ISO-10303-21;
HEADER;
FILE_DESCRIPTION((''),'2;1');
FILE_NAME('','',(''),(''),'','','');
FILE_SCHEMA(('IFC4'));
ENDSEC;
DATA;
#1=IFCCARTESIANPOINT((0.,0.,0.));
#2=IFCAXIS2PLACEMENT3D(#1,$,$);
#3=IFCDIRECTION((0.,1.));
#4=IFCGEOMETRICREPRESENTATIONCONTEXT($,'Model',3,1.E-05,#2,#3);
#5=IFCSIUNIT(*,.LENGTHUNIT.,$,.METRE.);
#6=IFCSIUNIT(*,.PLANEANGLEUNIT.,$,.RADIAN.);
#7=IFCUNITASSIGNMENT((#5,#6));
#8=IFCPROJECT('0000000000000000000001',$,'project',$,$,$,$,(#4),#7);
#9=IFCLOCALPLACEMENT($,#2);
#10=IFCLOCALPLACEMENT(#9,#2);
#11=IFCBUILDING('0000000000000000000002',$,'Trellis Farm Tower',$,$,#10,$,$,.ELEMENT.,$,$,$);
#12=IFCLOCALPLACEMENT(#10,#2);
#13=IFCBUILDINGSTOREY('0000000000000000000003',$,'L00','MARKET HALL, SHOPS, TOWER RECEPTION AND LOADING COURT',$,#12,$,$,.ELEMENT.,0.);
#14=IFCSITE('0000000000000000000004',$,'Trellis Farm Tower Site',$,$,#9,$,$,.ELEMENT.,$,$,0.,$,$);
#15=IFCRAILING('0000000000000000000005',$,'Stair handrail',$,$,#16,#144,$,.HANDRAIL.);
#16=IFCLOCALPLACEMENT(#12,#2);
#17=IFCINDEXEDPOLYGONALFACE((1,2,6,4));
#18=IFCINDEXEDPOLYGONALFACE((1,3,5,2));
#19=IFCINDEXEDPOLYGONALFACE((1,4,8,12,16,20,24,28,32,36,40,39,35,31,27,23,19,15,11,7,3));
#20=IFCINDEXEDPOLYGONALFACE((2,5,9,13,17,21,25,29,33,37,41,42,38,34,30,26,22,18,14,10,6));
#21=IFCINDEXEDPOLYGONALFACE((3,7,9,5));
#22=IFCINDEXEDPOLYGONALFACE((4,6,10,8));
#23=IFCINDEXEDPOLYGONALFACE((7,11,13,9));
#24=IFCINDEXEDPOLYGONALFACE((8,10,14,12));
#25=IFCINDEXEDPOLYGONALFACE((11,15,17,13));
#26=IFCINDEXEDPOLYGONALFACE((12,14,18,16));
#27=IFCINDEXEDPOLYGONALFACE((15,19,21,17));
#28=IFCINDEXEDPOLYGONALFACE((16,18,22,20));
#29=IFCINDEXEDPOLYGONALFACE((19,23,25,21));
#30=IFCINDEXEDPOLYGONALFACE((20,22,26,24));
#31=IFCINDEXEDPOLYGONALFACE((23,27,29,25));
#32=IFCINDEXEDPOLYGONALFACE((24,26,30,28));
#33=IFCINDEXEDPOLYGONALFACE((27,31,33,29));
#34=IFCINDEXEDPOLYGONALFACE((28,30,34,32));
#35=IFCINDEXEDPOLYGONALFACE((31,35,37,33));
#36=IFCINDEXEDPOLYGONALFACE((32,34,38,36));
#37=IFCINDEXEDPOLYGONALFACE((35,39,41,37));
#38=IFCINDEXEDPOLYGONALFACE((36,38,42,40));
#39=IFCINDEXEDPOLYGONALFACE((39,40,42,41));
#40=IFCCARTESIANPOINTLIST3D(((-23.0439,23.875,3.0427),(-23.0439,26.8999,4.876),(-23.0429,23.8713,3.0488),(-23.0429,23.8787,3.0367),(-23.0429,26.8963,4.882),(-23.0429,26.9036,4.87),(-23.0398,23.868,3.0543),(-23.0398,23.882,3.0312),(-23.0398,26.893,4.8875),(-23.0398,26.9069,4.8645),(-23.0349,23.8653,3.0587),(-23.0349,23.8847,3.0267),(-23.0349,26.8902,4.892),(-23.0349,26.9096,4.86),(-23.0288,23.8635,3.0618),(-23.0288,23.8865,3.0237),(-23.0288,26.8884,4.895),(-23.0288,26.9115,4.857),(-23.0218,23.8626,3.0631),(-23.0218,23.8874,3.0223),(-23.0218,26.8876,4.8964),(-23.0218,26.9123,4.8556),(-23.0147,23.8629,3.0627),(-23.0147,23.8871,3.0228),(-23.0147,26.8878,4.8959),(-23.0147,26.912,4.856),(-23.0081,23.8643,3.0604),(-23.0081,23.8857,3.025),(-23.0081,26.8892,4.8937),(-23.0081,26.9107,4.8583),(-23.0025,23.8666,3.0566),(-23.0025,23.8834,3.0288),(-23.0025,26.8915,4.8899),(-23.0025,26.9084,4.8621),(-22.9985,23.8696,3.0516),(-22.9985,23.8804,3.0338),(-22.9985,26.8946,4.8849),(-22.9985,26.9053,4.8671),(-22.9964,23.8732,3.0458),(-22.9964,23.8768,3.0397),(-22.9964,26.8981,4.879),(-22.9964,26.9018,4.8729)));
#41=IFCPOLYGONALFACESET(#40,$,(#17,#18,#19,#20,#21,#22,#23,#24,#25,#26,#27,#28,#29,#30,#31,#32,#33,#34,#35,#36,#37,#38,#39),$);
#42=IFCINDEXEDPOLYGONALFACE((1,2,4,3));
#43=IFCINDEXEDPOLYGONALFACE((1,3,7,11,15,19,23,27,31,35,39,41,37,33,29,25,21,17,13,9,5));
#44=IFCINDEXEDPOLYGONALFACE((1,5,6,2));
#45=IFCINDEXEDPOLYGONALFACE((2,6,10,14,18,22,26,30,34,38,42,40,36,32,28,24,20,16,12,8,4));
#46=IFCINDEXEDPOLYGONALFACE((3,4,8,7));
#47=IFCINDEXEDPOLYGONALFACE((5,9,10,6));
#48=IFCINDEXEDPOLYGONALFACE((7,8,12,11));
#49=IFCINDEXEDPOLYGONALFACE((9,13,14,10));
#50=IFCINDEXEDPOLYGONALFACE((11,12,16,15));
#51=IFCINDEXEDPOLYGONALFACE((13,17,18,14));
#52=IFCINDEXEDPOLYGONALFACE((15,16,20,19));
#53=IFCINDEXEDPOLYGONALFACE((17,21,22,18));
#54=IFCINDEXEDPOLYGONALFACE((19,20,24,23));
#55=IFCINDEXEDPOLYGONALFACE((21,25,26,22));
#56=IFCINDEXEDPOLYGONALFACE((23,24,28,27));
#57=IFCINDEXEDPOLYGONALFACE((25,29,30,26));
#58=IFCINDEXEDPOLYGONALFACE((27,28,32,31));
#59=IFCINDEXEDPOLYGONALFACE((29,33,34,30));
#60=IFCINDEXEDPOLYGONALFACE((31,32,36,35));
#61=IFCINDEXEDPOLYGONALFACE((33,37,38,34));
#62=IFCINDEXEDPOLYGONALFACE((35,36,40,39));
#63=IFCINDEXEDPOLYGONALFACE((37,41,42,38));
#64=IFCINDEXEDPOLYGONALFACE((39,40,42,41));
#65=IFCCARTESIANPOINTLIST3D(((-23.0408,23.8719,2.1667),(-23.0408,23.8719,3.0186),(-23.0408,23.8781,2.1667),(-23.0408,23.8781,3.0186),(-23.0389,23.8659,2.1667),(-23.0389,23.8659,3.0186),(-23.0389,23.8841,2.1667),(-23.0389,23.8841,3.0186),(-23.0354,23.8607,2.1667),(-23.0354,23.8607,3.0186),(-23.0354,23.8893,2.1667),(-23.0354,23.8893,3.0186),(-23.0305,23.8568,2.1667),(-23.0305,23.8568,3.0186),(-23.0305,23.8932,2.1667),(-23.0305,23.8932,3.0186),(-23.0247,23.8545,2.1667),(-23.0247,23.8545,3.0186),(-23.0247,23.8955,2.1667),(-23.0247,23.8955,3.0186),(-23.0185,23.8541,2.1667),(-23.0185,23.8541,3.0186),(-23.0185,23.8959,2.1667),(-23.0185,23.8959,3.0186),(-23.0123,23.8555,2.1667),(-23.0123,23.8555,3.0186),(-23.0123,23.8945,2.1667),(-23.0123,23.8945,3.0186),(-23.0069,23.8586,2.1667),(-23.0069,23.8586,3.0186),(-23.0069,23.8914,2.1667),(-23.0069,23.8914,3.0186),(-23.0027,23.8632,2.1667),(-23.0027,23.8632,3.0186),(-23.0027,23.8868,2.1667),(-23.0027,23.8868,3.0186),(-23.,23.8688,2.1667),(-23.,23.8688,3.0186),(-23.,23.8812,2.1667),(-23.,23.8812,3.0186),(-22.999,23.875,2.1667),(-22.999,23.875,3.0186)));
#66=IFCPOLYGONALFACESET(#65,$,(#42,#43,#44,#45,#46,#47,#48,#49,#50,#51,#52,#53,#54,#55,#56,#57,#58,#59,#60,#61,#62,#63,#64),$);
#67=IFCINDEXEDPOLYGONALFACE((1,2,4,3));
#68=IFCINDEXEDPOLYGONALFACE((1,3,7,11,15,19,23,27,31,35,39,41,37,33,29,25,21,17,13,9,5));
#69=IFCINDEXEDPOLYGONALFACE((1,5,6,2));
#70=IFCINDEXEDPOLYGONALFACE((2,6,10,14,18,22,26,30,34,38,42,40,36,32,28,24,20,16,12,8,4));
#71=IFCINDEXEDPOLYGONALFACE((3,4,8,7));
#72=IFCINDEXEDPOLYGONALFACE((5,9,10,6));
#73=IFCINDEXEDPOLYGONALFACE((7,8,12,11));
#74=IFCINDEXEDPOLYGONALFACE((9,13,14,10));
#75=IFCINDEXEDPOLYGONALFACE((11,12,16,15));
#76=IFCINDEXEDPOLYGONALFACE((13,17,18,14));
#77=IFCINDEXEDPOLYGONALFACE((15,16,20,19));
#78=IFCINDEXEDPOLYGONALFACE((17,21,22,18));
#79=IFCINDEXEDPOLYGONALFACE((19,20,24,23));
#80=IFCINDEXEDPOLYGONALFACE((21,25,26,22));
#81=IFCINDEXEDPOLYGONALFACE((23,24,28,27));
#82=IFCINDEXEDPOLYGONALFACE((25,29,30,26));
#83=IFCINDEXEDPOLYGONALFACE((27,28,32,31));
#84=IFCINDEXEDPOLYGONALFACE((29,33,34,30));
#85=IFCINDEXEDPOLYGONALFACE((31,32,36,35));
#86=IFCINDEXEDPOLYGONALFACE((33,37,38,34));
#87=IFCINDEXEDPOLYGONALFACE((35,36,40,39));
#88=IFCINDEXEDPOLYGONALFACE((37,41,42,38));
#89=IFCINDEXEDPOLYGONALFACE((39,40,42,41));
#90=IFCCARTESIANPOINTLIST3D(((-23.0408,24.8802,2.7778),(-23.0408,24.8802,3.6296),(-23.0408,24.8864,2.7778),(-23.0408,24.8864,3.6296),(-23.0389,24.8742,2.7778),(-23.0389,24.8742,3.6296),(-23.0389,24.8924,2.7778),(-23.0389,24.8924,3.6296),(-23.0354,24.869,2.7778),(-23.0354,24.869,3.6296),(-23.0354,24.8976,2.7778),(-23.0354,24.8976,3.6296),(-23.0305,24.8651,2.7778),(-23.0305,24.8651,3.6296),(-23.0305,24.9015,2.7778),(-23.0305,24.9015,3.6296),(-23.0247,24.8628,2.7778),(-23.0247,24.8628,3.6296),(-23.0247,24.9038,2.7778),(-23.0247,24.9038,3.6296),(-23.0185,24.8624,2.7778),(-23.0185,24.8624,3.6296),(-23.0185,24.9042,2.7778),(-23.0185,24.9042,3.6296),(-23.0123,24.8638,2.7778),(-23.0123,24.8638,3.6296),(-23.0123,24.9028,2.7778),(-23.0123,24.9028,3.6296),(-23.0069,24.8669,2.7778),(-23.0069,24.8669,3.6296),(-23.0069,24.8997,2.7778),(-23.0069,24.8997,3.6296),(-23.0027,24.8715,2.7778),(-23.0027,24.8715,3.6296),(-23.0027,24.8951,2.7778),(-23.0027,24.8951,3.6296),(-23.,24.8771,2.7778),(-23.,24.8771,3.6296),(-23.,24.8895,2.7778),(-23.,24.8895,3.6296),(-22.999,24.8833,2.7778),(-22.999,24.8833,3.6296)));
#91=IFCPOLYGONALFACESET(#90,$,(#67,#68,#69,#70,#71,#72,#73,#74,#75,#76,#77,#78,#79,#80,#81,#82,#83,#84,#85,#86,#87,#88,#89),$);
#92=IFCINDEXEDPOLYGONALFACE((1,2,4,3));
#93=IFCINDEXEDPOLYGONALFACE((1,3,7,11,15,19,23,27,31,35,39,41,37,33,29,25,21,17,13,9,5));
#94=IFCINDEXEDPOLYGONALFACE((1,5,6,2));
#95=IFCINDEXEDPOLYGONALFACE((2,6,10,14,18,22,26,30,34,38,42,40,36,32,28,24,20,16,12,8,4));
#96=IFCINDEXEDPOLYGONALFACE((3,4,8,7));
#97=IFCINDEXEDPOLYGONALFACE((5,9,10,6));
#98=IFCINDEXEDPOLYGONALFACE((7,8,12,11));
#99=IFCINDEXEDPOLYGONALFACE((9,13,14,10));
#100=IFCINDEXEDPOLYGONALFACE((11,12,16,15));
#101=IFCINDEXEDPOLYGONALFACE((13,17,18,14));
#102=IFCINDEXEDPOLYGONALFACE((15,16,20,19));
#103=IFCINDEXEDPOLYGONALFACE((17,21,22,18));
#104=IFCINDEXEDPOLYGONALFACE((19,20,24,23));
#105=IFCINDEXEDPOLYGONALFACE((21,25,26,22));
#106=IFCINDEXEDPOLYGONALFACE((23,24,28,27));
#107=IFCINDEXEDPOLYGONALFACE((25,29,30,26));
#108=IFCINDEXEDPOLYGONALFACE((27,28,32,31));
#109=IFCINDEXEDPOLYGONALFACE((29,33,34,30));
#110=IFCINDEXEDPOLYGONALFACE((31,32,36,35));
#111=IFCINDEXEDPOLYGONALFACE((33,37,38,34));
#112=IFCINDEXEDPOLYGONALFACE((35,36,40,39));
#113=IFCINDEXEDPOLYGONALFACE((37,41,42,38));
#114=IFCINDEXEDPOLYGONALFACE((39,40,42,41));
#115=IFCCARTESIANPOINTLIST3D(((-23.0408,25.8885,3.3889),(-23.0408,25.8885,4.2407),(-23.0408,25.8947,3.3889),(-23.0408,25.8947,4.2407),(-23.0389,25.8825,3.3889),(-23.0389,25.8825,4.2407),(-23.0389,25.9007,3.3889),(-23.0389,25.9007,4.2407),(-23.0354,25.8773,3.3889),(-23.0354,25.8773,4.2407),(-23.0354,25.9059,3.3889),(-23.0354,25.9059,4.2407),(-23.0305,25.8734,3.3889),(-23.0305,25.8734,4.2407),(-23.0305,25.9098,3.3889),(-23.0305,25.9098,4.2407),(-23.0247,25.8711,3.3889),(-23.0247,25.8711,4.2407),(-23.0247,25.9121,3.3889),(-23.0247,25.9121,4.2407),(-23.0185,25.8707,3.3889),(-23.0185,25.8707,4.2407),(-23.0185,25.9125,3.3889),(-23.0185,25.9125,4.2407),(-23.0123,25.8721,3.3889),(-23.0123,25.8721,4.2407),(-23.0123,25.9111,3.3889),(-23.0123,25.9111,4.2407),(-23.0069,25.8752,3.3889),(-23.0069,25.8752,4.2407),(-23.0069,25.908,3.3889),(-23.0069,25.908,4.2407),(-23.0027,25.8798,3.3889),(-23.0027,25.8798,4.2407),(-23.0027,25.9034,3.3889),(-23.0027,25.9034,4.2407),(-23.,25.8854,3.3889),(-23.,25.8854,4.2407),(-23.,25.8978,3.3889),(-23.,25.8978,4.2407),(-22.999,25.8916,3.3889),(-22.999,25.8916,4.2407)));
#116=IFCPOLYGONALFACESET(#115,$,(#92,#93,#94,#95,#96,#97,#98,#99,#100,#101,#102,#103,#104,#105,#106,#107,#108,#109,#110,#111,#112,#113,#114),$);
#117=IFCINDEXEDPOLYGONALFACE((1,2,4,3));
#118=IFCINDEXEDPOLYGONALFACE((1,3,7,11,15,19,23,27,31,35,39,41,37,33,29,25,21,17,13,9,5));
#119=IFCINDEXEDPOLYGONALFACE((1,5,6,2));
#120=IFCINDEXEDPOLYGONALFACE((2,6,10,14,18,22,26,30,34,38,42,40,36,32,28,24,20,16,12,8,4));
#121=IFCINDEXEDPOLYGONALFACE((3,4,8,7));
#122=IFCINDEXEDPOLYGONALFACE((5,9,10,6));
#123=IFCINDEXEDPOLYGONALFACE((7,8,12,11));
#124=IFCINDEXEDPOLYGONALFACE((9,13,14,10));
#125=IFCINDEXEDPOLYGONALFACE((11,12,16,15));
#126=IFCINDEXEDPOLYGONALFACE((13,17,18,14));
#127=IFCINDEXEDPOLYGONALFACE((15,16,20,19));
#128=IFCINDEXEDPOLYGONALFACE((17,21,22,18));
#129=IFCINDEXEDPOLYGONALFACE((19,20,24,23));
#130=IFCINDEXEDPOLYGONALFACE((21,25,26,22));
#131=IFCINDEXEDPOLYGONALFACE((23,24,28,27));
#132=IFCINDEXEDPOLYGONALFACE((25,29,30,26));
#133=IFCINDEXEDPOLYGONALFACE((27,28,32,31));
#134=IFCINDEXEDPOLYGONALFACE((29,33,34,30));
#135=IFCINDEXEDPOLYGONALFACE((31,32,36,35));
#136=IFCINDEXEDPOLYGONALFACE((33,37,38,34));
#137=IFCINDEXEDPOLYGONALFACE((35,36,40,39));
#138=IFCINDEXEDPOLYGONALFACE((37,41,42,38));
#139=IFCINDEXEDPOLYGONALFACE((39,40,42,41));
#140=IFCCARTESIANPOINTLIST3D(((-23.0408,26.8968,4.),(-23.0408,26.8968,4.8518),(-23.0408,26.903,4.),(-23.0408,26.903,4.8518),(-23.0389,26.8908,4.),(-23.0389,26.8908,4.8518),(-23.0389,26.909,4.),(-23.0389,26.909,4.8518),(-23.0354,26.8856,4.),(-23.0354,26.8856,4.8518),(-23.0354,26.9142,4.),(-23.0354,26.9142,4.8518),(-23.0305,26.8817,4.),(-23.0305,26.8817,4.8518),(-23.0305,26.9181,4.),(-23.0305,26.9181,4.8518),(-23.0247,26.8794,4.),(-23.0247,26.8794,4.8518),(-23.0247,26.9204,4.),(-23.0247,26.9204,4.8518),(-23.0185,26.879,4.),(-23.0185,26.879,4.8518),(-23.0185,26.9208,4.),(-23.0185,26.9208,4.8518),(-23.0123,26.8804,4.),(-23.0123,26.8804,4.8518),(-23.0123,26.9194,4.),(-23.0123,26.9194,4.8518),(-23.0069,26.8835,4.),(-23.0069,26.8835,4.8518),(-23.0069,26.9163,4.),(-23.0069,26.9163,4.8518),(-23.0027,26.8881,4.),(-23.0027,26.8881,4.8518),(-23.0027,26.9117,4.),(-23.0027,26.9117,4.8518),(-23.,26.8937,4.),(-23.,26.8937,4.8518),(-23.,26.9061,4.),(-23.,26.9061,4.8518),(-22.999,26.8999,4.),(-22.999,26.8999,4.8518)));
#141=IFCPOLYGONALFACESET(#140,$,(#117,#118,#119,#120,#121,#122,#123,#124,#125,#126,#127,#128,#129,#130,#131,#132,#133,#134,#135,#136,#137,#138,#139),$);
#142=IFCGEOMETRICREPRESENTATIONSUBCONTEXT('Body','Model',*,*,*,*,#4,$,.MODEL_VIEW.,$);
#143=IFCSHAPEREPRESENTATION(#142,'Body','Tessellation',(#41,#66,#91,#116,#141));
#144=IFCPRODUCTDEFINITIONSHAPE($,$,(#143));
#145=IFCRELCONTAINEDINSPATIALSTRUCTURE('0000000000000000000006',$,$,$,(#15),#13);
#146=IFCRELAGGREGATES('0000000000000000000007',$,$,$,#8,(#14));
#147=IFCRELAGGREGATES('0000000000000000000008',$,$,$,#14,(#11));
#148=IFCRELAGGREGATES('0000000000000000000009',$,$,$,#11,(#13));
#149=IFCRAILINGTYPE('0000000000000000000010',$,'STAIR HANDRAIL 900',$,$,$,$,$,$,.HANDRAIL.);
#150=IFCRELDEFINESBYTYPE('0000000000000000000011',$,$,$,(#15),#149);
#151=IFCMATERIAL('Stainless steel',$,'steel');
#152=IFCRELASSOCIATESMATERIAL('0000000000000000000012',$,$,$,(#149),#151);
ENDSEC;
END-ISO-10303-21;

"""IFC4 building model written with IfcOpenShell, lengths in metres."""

from ifc_helpers import new_model, si_unit, direction, frame, origin, origin_2d, place, context, subcontext, project, spatial, circle, extrude, source, transform, mapped, material, type_object, element, save


model = new_model("IFC4")

# Units and contexts
model_context = context("Model", 3, precision=1e-05, world=origin(), true_north=direction((0.0, 1.0)))
body_context = subcontext(model_context, "Body", "Model", "MODEL_VIEW")
ifc_project = project(units=[si_unit("LENGTHUNIT", "METRE"), si_unit("PLANEANGLEUNIT", "RADIAN")], contexts=[model_context])

# Site, building, storey
site_placement = place(None, origin())
site = spatial("IfcSite", under=ifc_project, at=site_placement, Name="Trellis Farm Tower Site", CompositionType="ELEMENT", RefElevation=0.0)
building_placement = place(site_placement, origin())
building = spatial("IfcBuilding", under=site, at=building_placement, Name="Trellis Farm Tower", CompositionType="ELEMENT")
storey_placement = place(building_placement, origin())
storey = spatial("IfcBuildingStorey", under=building, at=storey_placement, Name="L00", Description="MARKET HALL, SHOPS, TOWER RECEPTION AND LOADING COURT", CompositionType="ELEMENT", Elevation=0.0)

# Railing
ifc_material_1 = material(Name="Stainless steel", Category="steel")
railing_type = type_object("IfcRailingType", Name="STAIR HANDRAIL 900", PredefinedType="HANDRAIL", material=ifc_material_1)
shared_shape_1 = source(origin(), body_context, "Body", "SweptSolid", [
    extrude(circle(Radius=0.0239, at=origin_2d()), frame((0.0, 0.0, 0.876), z_axis=(0.0, 0.855201, 0.518297), x_axis=(-1.0, 0.0, 0.0)), (0.0, 0.0, 1.0), 3.5371),
    extrude(circle(Radius=0.021, at=origin_2d()), origin(), (0.0, 0.0, 1.0), 0.8518),
    extrude(circle(Radius=0.021, at=origin_2d()), frame((0.0, 1.0083, 0.6111)), (0.0, 0.0, 1.0), 0.8518),
    extrude(circle(Radius=0.021, at=origin_2d()), frame((0.0, 2.0166, 1.2222)), (0.0, 0.0, 1.0), 0.8518),
    extrude(circle(Radius=0.021, at=origin_2d()), frame((0.0, 3.0249, 1.8333)), (0.0, 0.0, 1.0), 0.8518),
])
for number, where, name in (
    (1, (-23.02, 23.875, 2.1667), "Stair handrail"),
):
    element("IfcRailing", number, at=place(storey_placement, frame(where)), inside=storey, type_object=railing_type, Name=name, PredefinedType="HANDRAIL", context=body_context, shape_type="MappedRepresentation", body=[
        mapped(shared_shape_1, transform((0.0, 0.0, 0.0))),
    ])

save(model, "model.ifc")
